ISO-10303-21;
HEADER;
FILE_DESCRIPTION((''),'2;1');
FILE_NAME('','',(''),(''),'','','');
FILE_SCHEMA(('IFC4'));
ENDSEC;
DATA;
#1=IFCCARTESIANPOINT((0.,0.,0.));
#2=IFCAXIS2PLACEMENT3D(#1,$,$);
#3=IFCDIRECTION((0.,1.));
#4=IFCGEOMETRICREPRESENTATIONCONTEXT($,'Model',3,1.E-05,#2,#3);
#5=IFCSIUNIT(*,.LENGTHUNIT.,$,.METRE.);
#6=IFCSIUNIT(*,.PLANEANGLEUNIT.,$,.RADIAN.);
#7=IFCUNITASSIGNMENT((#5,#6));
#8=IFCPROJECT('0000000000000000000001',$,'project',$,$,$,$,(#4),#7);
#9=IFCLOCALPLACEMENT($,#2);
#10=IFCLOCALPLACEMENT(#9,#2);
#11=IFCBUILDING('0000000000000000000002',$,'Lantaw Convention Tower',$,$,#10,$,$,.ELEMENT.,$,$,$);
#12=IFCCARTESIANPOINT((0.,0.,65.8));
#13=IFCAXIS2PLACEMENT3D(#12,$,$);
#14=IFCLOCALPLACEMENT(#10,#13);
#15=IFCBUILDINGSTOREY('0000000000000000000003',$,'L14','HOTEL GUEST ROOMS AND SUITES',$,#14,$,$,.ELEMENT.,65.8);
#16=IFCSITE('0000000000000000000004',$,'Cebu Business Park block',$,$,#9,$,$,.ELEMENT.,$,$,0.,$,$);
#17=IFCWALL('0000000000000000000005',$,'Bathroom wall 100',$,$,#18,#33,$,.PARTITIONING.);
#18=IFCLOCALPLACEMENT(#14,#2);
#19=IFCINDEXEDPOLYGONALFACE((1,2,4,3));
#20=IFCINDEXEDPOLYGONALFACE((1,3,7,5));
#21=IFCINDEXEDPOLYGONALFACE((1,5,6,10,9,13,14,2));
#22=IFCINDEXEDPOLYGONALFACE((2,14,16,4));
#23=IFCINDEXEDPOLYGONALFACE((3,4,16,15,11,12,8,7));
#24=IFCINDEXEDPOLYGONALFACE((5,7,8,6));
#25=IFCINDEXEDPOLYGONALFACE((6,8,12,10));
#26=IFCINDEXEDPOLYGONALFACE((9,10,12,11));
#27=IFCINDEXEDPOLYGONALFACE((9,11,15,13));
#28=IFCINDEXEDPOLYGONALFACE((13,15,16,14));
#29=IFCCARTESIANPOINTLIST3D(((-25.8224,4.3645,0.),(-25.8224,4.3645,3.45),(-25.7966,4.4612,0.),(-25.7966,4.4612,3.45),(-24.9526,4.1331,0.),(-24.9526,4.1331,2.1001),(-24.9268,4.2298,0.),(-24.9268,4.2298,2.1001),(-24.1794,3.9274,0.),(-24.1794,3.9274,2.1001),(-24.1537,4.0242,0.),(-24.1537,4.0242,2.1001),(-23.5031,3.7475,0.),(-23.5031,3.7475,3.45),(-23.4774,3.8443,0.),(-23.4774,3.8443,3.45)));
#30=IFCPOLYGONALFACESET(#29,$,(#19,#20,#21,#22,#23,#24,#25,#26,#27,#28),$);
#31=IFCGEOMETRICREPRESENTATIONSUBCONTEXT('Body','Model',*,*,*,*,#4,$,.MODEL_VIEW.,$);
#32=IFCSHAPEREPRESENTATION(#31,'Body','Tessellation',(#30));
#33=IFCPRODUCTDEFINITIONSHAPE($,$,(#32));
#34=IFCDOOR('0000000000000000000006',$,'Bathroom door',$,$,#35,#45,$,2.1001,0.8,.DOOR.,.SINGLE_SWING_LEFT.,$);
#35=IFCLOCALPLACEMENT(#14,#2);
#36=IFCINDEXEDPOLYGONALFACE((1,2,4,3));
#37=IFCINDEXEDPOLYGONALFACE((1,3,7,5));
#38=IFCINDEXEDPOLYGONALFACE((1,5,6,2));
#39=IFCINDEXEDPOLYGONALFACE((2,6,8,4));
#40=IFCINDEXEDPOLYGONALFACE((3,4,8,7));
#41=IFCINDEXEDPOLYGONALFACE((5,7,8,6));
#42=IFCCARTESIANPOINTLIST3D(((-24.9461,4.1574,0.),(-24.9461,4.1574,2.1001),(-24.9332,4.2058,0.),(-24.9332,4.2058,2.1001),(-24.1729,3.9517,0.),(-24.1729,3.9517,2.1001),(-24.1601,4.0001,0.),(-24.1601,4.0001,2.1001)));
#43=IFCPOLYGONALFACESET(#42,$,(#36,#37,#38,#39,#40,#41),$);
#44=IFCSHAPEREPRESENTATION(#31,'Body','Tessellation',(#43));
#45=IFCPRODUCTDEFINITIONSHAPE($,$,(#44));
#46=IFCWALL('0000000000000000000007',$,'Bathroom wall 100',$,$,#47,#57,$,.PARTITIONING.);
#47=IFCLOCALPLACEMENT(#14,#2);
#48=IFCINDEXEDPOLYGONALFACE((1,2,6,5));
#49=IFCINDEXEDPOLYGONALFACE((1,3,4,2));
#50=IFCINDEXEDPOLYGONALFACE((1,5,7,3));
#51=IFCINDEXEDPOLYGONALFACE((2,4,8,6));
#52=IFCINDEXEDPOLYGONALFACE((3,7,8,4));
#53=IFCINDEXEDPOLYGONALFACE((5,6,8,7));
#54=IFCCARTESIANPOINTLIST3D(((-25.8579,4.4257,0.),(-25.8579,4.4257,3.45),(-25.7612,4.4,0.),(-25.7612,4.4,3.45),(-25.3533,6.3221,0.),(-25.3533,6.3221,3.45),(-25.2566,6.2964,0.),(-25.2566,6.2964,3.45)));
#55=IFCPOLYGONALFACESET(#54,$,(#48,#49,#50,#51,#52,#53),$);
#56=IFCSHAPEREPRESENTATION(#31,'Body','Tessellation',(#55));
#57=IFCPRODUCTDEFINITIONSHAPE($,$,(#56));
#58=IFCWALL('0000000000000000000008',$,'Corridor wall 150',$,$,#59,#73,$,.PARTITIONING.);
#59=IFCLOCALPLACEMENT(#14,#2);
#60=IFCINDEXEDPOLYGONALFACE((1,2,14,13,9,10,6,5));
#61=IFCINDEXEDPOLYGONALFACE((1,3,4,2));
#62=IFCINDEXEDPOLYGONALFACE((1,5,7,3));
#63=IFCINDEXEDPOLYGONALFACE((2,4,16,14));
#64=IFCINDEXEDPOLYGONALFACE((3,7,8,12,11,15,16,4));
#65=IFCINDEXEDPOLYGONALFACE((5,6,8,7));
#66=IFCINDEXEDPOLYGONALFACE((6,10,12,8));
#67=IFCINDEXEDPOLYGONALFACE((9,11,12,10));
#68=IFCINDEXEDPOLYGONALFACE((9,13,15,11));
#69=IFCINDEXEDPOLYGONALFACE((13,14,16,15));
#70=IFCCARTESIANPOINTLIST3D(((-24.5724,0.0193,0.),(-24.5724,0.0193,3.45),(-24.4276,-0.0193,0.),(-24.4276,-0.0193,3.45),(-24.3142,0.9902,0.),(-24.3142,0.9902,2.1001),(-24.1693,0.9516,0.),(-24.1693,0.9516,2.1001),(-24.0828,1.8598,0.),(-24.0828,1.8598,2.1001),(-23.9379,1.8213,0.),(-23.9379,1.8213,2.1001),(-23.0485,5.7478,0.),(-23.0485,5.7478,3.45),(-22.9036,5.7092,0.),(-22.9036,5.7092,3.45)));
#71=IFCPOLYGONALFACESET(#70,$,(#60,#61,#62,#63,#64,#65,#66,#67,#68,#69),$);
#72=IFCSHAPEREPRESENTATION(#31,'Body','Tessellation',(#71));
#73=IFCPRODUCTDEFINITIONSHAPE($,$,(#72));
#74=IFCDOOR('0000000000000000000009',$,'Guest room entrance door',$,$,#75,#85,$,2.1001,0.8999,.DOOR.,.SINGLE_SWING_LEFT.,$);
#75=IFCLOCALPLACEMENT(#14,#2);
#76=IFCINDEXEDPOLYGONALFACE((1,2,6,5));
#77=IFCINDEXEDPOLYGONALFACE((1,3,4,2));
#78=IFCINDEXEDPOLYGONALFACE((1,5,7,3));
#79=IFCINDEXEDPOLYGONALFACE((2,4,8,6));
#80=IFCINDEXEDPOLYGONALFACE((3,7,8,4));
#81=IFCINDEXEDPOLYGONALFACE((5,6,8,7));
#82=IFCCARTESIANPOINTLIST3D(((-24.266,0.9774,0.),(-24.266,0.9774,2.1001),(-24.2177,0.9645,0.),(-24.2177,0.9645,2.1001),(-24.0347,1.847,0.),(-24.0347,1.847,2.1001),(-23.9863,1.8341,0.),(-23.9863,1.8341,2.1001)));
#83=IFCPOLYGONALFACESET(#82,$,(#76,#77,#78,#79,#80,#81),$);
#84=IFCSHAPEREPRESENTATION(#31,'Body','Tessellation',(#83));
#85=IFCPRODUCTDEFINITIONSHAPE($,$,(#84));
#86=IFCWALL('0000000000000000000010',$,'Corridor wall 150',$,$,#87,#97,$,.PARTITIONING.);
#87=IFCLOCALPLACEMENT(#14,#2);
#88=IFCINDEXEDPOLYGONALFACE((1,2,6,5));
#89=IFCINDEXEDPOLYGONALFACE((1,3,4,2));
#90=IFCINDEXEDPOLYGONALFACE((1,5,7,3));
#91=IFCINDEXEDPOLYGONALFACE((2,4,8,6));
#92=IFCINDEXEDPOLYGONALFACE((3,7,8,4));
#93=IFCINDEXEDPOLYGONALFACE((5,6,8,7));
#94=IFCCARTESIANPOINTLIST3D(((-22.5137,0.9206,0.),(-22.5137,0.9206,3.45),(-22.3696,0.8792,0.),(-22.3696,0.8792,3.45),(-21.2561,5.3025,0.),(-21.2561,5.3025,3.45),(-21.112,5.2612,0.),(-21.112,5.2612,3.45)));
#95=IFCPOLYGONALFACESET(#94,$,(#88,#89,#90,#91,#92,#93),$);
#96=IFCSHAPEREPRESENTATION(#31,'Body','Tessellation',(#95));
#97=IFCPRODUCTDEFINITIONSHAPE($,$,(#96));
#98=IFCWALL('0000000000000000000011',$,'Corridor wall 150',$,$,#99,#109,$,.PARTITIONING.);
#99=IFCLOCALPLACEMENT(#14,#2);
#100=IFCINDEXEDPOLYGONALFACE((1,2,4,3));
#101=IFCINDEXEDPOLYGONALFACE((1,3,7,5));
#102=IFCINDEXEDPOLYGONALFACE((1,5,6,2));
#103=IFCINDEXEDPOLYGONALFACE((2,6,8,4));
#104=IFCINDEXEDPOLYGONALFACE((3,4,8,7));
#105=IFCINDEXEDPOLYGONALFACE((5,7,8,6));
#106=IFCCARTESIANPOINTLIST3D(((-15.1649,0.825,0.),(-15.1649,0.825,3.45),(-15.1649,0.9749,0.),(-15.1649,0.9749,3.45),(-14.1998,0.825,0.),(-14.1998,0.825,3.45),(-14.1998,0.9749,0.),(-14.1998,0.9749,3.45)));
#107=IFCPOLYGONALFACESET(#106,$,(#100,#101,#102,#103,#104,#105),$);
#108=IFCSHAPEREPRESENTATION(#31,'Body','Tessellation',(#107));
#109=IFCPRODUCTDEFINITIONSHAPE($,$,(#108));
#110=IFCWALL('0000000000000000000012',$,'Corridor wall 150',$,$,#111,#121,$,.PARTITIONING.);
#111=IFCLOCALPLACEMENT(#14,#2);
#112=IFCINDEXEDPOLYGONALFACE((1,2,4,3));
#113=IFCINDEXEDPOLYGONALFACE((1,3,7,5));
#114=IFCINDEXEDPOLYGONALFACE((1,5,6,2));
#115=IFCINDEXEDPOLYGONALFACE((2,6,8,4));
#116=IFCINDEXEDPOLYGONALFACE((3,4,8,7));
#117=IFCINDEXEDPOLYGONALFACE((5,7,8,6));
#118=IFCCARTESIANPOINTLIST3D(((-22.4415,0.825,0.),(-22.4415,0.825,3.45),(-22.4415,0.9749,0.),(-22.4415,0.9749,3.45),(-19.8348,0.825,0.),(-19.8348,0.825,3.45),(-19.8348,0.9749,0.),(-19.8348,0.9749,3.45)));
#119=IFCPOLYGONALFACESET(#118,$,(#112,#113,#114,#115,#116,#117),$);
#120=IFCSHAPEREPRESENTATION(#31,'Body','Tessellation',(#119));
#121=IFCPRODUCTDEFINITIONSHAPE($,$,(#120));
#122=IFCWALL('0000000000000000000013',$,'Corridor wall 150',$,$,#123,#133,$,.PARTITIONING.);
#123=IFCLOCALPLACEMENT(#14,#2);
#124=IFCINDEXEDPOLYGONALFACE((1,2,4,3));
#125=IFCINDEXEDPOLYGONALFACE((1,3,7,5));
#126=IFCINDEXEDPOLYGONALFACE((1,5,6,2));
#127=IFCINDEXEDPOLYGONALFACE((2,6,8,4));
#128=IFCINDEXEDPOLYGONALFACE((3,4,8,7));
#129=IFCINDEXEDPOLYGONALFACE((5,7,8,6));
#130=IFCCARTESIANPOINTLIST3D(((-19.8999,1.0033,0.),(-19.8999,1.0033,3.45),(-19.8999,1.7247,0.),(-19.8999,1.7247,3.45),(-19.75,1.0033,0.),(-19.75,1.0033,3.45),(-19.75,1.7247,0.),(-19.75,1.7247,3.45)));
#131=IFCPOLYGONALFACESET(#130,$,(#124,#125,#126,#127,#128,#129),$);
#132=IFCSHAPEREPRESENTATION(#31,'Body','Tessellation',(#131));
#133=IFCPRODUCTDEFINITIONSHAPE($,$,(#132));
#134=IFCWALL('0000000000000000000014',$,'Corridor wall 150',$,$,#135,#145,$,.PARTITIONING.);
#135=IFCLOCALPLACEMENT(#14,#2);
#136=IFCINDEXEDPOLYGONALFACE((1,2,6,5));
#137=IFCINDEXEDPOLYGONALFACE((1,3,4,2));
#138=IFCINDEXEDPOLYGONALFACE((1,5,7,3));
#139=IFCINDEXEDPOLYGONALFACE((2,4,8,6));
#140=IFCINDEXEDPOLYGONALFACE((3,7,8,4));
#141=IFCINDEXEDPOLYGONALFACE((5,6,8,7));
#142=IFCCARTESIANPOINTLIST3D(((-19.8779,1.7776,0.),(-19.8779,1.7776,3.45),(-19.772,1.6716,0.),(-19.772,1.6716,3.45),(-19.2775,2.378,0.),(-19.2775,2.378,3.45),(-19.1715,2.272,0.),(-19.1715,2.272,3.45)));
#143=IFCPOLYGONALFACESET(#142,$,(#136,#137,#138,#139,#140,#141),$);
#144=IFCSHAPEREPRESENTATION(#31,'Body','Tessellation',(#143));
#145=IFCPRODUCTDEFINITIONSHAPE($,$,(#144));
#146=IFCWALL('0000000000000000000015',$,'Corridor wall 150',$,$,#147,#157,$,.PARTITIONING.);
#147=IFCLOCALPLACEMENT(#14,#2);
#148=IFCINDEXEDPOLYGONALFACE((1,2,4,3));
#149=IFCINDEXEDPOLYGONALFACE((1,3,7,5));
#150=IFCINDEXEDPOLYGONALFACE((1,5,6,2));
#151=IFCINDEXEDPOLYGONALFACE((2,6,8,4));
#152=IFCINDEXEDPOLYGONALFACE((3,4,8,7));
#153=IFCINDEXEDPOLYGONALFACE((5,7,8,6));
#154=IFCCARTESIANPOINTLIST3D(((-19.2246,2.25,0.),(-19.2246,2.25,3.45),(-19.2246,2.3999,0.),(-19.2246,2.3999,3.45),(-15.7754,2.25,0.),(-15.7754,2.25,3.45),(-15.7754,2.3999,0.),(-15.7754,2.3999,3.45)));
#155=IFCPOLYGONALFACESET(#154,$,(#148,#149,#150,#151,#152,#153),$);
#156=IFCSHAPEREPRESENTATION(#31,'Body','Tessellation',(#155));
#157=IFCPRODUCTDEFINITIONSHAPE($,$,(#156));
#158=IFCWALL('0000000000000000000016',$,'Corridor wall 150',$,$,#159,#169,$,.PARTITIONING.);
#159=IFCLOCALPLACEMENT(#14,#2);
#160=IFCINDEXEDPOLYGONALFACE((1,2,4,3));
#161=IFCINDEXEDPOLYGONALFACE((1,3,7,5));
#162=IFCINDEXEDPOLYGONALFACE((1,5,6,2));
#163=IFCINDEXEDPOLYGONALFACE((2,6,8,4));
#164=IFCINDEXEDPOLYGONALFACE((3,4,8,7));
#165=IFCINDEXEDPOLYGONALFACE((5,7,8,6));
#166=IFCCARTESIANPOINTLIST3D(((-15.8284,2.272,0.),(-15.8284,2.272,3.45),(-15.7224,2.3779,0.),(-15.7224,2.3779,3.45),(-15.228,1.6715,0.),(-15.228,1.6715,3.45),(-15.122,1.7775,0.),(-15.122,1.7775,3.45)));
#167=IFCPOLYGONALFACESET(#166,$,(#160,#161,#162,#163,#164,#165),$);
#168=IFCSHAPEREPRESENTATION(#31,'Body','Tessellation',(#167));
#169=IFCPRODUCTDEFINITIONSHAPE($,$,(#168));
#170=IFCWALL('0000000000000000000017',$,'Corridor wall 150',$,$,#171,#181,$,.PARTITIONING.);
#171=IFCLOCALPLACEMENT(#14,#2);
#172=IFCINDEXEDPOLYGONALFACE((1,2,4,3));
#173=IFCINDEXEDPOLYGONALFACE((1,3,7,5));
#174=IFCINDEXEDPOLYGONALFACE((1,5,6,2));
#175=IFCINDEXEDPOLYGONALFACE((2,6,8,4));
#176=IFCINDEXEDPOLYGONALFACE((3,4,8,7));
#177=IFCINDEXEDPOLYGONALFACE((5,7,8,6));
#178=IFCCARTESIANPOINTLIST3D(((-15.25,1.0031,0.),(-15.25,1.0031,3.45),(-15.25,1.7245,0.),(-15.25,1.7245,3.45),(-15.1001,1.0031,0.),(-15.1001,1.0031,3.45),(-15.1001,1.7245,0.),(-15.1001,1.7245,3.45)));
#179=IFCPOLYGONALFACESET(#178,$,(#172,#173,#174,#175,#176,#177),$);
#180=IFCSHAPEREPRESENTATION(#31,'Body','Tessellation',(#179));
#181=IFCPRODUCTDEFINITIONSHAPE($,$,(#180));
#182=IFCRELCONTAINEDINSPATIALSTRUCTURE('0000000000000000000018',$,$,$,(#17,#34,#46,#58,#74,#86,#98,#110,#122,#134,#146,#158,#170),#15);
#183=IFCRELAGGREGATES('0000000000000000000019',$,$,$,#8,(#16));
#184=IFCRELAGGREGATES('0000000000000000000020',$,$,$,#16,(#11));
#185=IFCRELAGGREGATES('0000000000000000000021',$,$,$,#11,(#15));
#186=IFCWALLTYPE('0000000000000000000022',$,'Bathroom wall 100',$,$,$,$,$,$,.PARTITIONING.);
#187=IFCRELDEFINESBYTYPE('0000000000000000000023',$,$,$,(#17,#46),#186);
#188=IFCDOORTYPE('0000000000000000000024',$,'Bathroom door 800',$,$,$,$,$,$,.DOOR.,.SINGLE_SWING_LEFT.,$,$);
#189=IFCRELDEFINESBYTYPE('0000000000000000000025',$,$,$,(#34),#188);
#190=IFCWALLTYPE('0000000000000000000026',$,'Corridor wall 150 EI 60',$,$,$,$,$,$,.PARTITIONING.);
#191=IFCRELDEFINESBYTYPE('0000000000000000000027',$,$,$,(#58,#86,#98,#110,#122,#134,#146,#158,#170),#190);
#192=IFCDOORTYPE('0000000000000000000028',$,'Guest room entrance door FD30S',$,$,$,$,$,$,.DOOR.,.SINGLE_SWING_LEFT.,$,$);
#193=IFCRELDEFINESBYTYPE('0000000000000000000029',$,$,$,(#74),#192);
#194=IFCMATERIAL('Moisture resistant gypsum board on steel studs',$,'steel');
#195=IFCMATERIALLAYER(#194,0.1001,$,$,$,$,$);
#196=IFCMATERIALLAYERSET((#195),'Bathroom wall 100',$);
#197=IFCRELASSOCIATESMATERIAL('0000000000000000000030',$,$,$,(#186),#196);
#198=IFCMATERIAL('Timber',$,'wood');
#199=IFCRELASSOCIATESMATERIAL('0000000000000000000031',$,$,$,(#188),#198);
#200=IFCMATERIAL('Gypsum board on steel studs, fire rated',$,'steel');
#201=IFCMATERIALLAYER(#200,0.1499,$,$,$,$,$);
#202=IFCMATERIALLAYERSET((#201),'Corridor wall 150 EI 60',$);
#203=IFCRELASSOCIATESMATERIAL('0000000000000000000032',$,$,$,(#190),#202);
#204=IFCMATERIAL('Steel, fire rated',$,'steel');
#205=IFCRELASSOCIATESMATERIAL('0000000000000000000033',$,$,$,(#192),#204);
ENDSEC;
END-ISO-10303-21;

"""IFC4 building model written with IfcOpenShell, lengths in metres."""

from ifc_helpers import new_model, si_unit, direction, frame, frame_2d, origin, place, context, subcontext, project, spatial, rectangle, extrude, material, layer, layer_set, type_object, element, fill, save


model = new_model("IFC4")

# Units and contexts
model_context = context("Model", 3, precision=1e-05, world=origin(), true_north=direction((0.0, 1.0)))
body_context = subcontext(model_context, "Body", "Model", "MODEL_VIEW")
ifc_project = project(units=[si_unit("LENGTHUNIT", "METRE"), si_unit("PLANEANGLEUNIT", "RADIAN")], contexts=[model_context])

# Site, building, storey
site_placement = place(None, origin())
site = spatial("IfcSite", under=ifc_project, at=site_placement, Name="Cebu Business Park block", CompositionType="ELEMENT", RefElevation=0.0)
building_placement = place(site_placement, origin())
building = spatial("IfcBuilding", under=site, at=building_placement, Name="Lantaw Convention Tower", CompositionType="ELEMENT")
storey_placement = place(building_placement, frame((0.0, 0.0, 65.8)))
storey = spatial("IfcBuildingStorey", under=building, at=storey_placement, Name="L14", Description="HOTEL GUEST ROOMS AND SUITES", CompositionType="ELEMENT", Elevation=65.8)

# Wall, opening, door
ifc_material_1 = material(Name="Moisture resistant gypsum board on steel studs", Category="steel")
ifc_layer_1 = layer(ifc_material_1, 0.1001)
ifc_layer_set_1 = layer_set([ifc_layer_1], Name="Bathroom wall 100")
wall_type_1 = type_object("IfcWallType", Name="Bathroom wall 100", PredefinedType="PARTITIONING", material=ifc_layer_set_1)
wall_1_placement = place(storey_placement, frame((-23.4902, 3.7959, 0.0), z_axis=(0.0, 0.0, 1.0), x_axis=(-0.966395, 0.257061, 0.0)))
wall_1 = element("IfcWall", 1, at=wall_1_placement, inside=storey, type_object=wall_type_1, Name="Bathroom wall 100", PredefinedType="PARTITIONING", context=body_context, shape_type="SweptSolid", body=[
    extrude(rectangle(XDim=2.3999, YDim=0.1001, at=frame_2d((1.2, 0.0))), origin(), (0.0, 0.0, 1.0), 3.45),
])
opening_1_placement = place(wall_1_placement, frame((0.7, 0.0, 0.0)))
opening_1 = element("IfcOpeningElement", 2, at=opening_1_placement, cuts=wall_1, PredefinedType="OPENING", context=body_context, shape_type="SweptSolid", body=[
    extrude(rectangle(XDim=0.8, YDim=2.1001, at=frame_2d((0.3999, 1.05))), frame((0.0, 0.0601, 0.0), z_axis=(0.0, -1.0, 0.0), x_axis=(1.0, 0.0, 0.0)), (0.0, 0.0, 1.0), 0.1201),
])
ifc_material_2 = material(Name="Timber", Category="wood")
door_type_1 = type_object("IfcDoorType", Name="Bathroom door 800", OperationType="SINGLE_SWING_LEFT", PredefinedType="DOOR", material=ifc_material_2)
door_1_placement = place(opening_1_placement, origin())
door_1 = element("IfcDoor", 3, at=door_1_placement, inside=storey, type_object=door_type_1, Name="Bathroom door", OperationType="SINGLE_SWING_LEFT", OverallHeight=2.1001, OverallWidth=0.8, PredefinedType="DOOR", context=body_context, shape_type="SweptSolid", body=[
    extrude(rectangle(XDim=0.8, YDim=2.1001, at=frame_2d((0.3999, 1.05))), frame((0.0, 0.0249, 0.0), z_axis=(0.0, -1.0, 0.0), x_axis=(1.0, 0.0, 0.0)), (0.0, 0.0, 1.0), 0.05),
])
fill(opening_1, door_1)

# Wall
wall_2_placement = place(storey_placement, frame((-25.8096, 4.4128, 0.0), z_axis=(0.0, 0.0, 1.0), x_axis=(0.257144, 0.966373, 0.0)))
element("IfcWall", 4, at=wall_2_placement, inside=storey, type_object=wall_type_1, Name="Bathroom wall 100", PredefinedType="PARTITIONING", context=body_context, shape_type="SweptSolid", body=[
    extrude(rectangle(XDim=1.9624, YDim=0.1001, at=frame_2d((0.9812, 0.0))), origin(), (0.0, 0.0, 1.0), 3.45),
])

# Wall, opening, door
ifc_material_3 = material(Name="Gypsum board on steel studs, fire rated", Category="steel")
ifc_layer_2 = layer(ifc_material_3, 0.1499)
ifc_layer_set_2 = layer_set([ifc_layer_2], Name="Corridor wall 150 EI 60")
wall_type_2 = type_object("IfcWallType", Name="Corridor wall 150 EI 60", PredefinedType="PARTITIONING", material=ifc_layer_set_2)
wall_3_placement = place(storey_placement, frame((-22.9761, 5.7285, 0.0), z_axis=(0.0, 0.0, 1.0), x_axis=(-0.257083, -0.966389, 0.0)))
wall_3 = element("IfcWall", 5, at=wall_3_placement, inside=storey, type_object=wall_type_2, Name="Corridor wall 150", PredefinedType="PARTITIONING", context=body_context, shape_type="SweptSolid", body=[
    extrude(rectangle(XDim=5.9277, YDim=0.1499, at=frame_2d((2.9639, 0.0))), origin(), (0.0, 0.0, 1.0), 3.45),
])
opening_2_placement = place(wall_3_placement, frame((4.0232, 0.0, 0.0)))
opening_2 = element("IfcOpeningElement", 6, at=opening_2_placement, cuts=wall_3, PredefinedType="OPENING", context=body_context, shape_type="SweptSolid", body=[
    extrude(rectangle(XDim=0.8999, YDim=2.1001, at=frame_2d((0.45, 1.05))), frame((0.0, 0.085, 0.0), z_axis=(0.0, -1.0, 0.0), x_axis=(1.0, 0.0, 0.0)), (0.0, 0.0, 1.0), 0.1699),
])
ifc_material_4 = material(Name="Steel, fire rated", Category="steel")
door_type_2 = type_object("IfcDoorType", Name="Guest room entrance door FD30S", OperationType="SINGLE_SWING_LEFT", PredefinedType="DOOR", material=ifc_material_4)
door_2_placement = place(opening_2_placement, origin())
door_2 = element("IfcDoor", 7, at=door_2_placement, inside=storey, type_object=door_type_2, Name="Guest room entrance door", OperationType="SINGLE_SWING_LEFT", OverallHeight=2.1001, OverallWidth=0.8999, PredefinedType="DOOR", context=body_context, shape_type="SweptSolid", body=[
    extrude(rectangle(XDim=0.8999, YDim=2.1001, at=frame_2d((0.45, 1.05))), frame((0.0, 0.0249, 0.0), z_axis=(0.0, -1.0, 0.0), x_axis=(1.0, 0.0, 0.0)), (0.0, 0.0, 1.0), 0.05),
])
fill(opening_2, door_2)

# Walls
wall_4_placement = place(storey_placement, frame((-21.1841, 5.2817, 0.0), z_axis=(0.0, 0.0, 1.0), x_axis=(-0.27586, -0.961198, 0.0)))
element("IfcWall", 8, at=wall_4_placement, inside=storey, type_object=wall_type_2, Name="Corridor wall 150", PredefinedType="PARTITIONING", context=body_context, shape_type="SweptSolid", body=[
    extrude(rectangle(XDim=4.5588, YDim=0.1499, at=frame_2d((2.2793, 0.0))), origin(), (0.0, 0.0, 1.0), 3.45),
])
wall_5_placement = place(storey_placement, frame((-14.2, 0.8999, 0.0), z_axis=(0.0, 0.0, 1.0), x_axis=(-1.0, 0.0, 0.0)))
element("IfcWall", 9, at=wall_5_placement, inside=storey, type_object=wall_type_2, Name="Corridor wall 150", PredefinedType="PARTITIONING", context=body_context, shape_type="SweptSolid", body=[
    extrude(rectangle(XDim=0.9651, YDim=0.1499, at=frame_2d((0.4824, 0.0))), origin(), (0.0, 0.0, 1.0), 3.45),
])
wall_6_placement = place(storey_placement, frame((-19.835, 0.8999, 0.0), z_axis=(0.0, 0.0, 1.0), x_axis=(-1.0, 0.0, 0.0)))
element("IfcWall", 10, at=wall_6_placement, inside=storey, type_object=wall_type_2, Name="Corridor wall 150", PredefinedType="PARTITIONING", context=body_context, shape_type="SweptSolid", body=[
    extrude(rectangle(XDim=2.6067, YDim=0.1499, at=frame_2d((1.3032, 0.0))), origin(), (0.0, 0.0, 1.0), 3.45),
])
wall_7_placement = place(storey_placement, frame((-19.825, 1.0032, 0.0), z_axis=(0.0, 0.0, 1.0), x_axis=(0.0, 1.0, 0.0)))
element("IfcWall", 11, at=wall_7_placement, inside=storey, type_object=wall_type_2, Name="Corridor wall 150", PredefinedType="PARTITIONING", context=body_context, shape_type="SweptSolid", body=[
    extrude(rectangle(XDim=0.7214, YDim=0.1499, at=frame_2d((0.3608, 0.0))), origin(), (0.0, 0.0, 1.0), 3.45),
])
wall_8_placement = place(storey_placement, frame((-19.825, 1.7246, 0.0), z_axis=(0.0, 0.0, 1.0), x_axis=(0.707107, 0.707107, 0.0)))
element("IfcWall", 12, at=wall_8_placement, inside=storey, type_object=wall_type_2, Name="Corridor wall 150", PredefinedType="PARTITIONING", context=body_context, shape_type="SweptSolid", body=[
    extrude(rectangle(XDim=0.8491, YDim=0.1499, at=frame_2d((0.4246, 0.0))), origin(), (0.0, 0.0, 1.0), 3.45),
])
wall_9_placement = place(storey_placement, frame((-19.2246, 2.325, 0.0), z_axis=(0.0, 0.0, 1.0), x_axis=(1.0, 0.0, 0.0)))
element("IfcWall", 13, at=wall_9_placement, inside=storey, type_object=wall_type_2, Name="Corridor wall 150", PredefinedType="PARTITIONING", context=body_context, shape_type="SweptSolid", body=[
    extrude(rectangle(XDim=3.4492, YDim=0.1499, at=frame_2d((1.7246, 0.0))), origin(), (0.0, 0.0, 1.0), 3.45),
])
wall_10_placement = place(storey_placement, frame((-15.7754, 2.325, 0.0), z_axis=(0.0, 0.0, 1.0), x_axis=(0.707107, -0.707107, 0.0)))
element("IfcWall", 14, at=wall_10_placement, inside=storey, type_object=wall_type_2, Name="Corridor wall 150", PredefinedType="PARTITIONING", context=body_context, shape_type="SweptSolid", body=[
    extrude(rectangle(XDim=0.8491, YDim=0.1499, at=frame_2d((0.4246, 0.0))), origin(), (0.0, 0.0, 1.0), 3.45),
])
wall_11_placement = place(storey_placement, frame((-15.175, 1.7246, 0.0), z_axis=(0.0, 0.0, 1.0), x_axis=(0.0, -1.0, 0.0)))
element("IfcWall", 15, at=wall_11_placement, inside=storey, type_object=wall_type_2, Name="Corridor wall 150", PredefinedType="PARTITIONING", context=body_context, shape_type="SweptSolid", body=[
    extrude(rectangle(XDim=0.7214, YDim=0.1499, at=frame_2d((0.3608, 0.0))), origin(), (0.0, 0.0, 1.0), 3.45),
])

save(model, "model.ifc")
